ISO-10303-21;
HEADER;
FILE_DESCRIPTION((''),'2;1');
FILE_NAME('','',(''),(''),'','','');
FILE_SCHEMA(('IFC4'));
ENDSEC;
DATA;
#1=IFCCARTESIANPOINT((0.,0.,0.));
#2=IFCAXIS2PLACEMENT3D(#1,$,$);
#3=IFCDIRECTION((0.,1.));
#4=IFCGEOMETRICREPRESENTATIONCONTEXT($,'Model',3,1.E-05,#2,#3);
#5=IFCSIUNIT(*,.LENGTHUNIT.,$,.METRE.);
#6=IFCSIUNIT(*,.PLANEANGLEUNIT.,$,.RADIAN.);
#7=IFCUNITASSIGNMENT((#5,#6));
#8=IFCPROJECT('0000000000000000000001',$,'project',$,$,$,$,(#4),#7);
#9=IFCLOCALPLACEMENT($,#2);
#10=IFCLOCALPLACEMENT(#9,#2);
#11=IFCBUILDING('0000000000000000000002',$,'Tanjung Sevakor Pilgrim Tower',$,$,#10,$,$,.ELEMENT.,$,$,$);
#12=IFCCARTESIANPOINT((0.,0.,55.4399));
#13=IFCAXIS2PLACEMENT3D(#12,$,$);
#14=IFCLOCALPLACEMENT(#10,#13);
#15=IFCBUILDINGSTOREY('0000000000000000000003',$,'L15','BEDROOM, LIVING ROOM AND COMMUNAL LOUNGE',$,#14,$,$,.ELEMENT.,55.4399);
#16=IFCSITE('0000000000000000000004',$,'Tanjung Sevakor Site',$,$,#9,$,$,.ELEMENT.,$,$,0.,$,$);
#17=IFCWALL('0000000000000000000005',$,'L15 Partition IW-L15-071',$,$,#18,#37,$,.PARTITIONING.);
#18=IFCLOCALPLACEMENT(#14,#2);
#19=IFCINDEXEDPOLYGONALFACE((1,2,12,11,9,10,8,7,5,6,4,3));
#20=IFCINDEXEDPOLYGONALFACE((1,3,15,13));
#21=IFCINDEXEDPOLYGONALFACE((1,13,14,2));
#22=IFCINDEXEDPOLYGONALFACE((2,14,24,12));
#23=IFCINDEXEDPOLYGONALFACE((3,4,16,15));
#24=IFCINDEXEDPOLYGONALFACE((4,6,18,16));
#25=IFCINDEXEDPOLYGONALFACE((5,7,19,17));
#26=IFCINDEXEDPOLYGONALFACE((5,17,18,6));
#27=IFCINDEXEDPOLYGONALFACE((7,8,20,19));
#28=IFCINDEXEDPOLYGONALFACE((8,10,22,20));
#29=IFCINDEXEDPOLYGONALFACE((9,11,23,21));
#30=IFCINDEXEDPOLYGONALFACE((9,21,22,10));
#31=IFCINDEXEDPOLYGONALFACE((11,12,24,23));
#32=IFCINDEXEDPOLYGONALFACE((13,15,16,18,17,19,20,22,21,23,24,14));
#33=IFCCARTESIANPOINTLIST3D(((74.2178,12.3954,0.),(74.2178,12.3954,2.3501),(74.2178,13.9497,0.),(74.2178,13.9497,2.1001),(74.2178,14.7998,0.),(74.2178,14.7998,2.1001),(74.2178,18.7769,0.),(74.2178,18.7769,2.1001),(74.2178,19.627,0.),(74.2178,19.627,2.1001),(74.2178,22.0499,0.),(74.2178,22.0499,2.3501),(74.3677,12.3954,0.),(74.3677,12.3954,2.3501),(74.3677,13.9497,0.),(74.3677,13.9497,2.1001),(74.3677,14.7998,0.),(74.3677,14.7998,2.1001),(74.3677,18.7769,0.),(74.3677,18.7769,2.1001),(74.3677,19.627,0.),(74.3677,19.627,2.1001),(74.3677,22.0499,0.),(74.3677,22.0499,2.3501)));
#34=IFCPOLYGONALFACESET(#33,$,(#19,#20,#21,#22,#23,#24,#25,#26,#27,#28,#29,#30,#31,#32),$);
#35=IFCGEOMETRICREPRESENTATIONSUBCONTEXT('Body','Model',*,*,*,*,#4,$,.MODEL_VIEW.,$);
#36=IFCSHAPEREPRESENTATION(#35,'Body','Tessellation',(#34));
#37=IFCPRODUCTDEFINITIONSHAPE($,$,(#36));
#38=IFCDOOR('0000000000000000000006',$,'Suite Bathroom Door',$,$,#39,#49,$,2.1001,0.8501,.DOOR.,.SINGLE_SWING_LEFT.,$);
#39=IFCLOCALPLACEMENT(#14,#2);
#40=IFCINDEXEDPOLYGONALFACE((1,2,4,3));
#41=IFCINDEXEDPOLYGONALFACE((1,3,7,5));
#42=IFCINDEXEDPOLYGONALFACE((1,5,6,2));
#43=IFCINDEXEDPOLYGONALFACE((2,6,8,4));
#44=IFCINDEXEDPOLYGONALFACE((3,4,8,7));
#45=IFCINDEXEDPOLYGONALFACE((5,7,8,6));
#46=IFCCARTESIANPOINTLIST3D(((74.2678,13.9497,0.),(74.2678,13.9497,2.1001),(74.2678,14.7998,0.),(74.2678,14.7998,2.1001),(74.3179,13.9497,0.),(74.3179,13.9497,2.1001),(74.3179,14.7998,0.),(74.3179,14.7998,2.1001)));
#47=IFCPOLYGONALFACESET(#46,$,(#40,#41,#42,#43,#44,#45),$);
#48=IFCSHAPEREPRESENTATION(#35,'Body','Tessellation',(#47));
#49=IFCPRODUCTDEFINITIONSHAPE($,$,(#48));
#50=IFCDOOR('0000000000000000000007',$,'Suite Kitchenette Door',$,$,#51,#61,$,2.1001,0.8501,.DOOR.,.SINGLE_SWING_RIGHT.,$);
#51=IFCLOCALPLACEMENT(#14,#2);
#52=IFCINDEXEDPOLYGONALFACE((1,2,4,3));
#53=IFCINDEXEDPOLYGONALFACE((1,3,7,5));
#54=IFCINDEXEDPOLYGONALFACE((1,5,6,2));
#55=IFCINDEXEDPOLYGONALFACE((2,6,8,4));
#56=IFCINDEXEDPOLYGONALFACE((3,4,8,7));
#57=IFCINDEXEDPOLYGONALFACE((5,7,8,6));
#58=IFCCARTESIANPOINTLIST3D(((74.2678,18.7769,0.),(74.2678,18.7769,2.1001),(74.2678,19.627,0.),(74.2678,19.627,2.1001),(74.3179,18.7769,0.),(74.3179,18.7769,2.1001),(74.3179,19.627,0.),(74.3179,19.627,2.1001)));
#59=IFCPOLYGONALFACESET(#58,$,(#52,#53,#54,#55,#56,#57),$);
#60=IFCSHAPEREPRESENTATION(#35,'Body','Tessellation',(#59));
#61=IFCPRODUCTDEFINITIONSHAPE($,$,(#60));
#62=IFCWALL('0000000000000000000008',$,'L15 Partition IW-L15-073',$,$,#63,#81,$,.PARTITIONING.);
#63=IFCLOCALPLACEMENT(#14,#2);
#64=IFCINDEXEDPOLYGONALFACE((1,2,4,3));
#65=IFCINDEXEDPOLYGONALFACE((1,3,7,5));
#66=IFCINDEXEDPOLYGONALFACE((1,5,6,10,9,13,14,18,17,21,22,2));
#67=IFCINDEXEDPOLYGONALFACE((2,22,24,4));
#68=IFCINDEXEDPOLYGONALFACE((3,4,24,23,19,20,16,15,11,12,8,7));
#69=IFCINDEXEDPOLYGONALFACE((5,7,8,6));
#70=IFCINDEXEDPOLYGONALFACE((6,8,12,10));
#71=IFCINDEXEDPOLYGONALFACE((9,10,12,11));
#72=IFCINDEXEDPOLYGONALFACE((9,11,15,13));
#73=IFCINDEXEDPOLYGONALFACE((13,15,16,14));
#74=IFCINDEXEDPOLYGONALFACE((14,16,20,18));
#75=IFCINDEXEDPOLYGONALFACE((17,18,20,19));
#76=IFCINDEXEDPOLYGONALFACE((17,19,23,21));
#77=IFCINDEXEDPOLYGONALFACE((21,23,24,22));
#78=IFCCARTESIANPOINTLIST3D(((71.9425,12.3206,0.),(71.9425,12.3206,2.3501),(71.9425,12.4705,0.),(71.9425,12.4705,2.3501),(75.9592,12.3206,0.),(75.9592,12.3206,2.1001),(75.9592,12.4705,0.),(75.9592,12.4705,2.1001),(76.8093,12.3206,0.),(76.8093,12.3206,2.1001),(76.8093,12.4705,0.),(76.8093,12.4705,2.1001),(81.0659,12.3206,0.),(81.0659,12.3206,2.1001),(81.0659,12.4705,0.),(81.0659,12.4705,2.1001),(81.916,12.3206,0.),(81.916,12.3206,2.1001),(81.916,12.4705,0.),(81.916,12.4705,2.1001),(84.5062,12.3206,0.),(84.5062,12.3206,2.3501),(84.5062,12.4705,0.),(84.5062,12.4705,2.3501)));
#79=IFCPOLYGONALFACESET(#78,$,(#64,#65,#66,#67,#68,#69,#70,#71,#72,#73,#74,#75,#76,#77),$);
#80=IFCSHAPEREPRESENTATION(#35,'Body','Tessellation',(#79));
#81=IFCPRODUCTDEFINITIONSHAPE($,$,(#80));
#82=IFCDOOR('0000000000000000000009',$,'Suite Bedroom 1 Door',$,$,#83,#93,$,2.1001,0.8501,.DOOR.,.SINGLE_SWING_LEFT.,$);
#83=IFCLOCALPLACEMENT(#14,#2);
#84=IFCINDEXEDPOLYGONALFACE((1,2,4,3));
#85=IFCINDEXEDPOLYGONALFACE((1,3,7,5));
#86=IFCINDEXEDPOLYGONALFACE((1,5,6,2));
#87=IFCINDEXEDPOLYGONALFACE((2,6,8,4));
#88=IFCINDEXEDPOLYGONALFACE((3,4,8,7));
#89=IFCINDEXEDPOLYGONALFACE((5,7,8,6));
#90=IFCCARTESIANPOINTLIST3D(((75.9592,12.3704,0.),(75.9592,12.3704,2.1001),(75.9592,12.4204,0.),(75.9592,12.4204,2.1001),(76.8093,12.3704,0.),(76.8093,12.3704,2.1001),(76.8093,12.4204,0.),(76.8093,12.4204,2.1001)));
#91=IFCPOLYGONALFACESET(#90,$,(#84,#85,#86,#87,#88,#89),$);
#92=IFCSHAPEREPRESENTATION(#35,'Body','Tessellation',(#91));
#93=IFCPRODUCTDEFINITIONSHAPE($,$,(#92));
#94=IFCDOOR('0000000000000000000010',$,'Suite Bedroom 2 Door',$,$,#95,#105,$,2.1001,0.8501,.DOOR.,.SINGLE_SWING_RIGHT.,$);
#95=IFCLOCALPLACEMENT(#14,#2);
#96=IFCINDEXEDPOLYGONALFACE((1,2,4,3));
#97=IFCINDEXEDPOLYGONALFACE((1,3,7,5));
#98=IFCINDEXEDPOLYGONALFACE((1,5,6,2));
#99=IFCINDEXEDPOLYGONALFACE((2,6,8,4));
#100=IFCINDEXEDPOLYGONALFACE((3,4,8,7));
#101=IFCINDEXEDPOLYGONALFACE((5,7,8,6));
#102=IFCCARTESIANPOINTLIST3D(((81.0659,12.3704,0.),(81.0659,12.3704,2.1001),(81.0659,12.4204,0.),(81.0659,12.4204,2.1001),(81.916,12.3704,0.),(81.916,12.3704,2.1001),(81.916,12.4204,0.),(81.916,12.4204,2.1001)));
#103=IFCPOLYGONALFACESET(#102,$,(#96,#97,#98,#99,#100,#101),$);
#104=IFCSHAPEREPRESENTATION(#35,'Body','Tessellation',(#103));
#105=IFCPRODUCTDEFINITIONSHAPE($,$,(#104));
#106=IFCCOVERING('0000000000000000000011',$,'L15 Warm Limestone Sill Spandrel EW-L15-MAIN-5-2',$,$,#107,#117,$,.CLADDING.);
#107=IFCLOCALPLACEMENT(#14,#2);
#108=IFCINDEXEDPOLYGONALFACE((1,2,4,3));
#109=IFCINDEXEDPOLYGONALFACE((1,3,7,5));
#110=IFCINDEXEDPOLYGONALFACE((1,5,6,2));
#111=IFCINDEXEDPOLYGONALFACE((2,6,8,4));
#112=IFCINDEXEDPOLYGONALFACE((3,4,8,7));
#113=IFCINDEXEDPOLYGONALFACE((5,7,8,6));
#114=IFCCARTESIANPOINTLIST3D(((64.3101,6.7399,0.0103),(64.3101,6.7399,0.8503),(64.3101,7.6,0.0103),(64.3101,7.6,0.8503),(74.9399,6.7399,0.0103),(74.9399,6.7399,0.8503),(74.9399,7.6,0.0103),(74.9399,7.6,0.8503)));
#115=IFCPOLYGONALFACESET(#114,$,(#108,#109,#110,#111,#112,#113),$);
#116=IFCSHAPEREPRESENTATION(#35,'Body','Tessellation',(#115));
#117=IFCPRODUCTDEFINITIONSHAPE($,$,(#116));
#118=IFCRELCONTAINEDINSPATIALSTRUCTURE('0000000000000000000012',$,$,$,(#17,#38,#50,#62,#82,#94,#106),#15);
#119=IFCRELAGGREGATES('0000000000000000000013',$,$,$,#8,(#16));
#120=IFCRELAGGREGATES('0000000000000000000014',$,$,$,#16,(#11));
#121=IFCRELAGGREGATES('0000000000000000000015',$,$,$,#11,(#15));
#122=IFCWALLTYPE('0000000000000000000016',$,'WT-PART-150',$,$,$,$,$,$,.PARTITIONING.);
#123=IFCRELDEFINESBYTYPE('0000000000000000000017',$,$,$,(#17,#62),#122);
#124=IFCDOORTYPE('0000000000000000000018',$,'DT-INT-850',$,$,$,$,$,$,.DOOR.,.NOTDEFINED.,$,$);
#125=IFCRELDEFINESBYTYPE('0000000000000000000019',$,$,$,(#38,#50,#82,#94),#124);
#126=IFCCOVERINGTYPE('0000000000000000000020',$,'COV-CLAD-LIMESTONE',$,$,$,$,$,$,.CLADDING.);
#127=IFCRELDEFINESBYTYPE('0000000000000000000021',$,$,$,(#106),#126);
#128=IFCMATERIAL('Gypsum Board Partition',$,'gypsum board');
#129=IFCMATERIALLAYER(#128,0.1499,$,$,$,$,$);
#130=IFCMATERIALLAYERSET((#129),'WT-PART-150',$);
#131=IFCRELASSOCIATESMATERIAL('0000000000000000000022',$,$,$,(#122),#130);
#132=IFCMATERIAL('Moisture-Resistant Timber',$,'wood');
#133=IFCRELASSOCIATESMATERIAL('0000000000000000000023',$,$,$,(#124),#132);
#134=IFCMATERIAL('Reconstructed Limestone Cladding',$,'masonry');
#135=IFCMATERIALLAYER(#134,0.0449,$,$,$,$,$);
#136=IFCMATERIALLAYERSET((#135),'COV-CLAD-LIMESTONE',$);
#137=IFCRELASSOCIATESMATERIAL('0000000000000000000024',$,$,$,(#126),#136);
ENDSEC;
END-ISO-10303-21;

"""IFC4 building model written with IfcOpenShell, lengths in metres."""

from ifc_helpers import new_model, si_unit, direction, frame, frame_2d, origin, origin_2d, place, context, subcontext, project, spatial, rectangle, extrude, material, layer, layer_set, type_object, element, fill, save


model = new_model("IFC4")

# Units and contexts
model_context = context("Model", 3, precision=1e-05, world=origin(), true_north=direction((0.0, 1.0)))
body_context = subcontext(model_context, "Body", "Model", "MODEL_VIEW")
ifc_project = project(units=[si_unit("LENGTHUNIT", "METRE"), si_unit("PLANEANGLEUNIT", "RADIAN")], contexts=[model_context])

# Site, building, storey
site_placement = place(None, origin())
site = spatial("IfcSite", under=ifc_project, at=site_placement, Name="Tanjung Sevakor Site", CompositionType="ELEMENT", RefElevation=0.0)
building_placement = place(site_placement, origin())
building = spatial("IfcBuilding", under=site, at=building_placement, Name="Tanjung Sevakor Pilgrim Tower", CompositionType="ELEMENT")
storey_placement = place(building_placement, frame((0.0, 0.0, 55.4399)))
storey = spatial("IfcBuildingStorey", under=building, at=storey_placement, Name="L15", Description="BEDROOM, LIVING ROOM AND COMMUNAL LOUNGE", CompositionType="ELEMENT", Elevation=55.4399)

# Shared definitions
ifc_material_1 = material(Name="Gypsum Board Partition", Category="gypsum board")
ifc_layer_1 = layer(ifc_material_1, 0.1499)
ifc_layer_set_1 = layer_set([ifc_layer_1], Name="WT-PART-150")
wall_type_1 = type_object("IfcWallType", Name="WT-PART-150", PredefinedType="PARTITIONING", material=ifc_layer_set_1)

# Walls, openings, doors
wall_1_placement = place(storey_placement, frame((74.2927, 12.3955, 0.0), z_axis=(0.0, 0.0, 1.0), x_axis=(0.0, 1.0, 0.0)))
wall_1 = element("IfcWall", 1, at=wall_1_placement, inside=storey, type_object=wall_type_1, Name="L15 Partition IW-L15-071", PredefinedType="PARTITIONING", context=body_context, shape_type="SweptSolid", body=[
    extrude(rectangle(XDim=9.6545, YDim=0.1499, at=frame_2d((4.8271, 0.0))), origin(), (0.0, 0.0, 1.0), 2.3501),
])
opening_1_placement = place(wall_1_placement, frame((1.5542, 0.0, 0.0)))
opening_1 = element("IfcOpeningElement", 2, at=opening_1_placement, cuts=wall_1, PredefinedType="OPENING", context=body_context, shape_type="SweptSolid", body=[
    extrude(rectangle(XDim=0.8501, YDim=2.1001, at=frame_2d((0.425, 1.05))), frame((0.0, 0.085, 0.0), z_axis=(0.0, -1.0, 0.0), x_axis=(1.0, 0.0, 0.0)), (0.0, 0.0, 1.0), 0.1699),
])
opening_2_placement = place(wall_1_placement, frame((6.3813, 0.0, 0.0)))
opening_2 = element("IfcOpeningElement", 3, at=opening_2_placement, cuts=wall_1, PredefinedType="OPENING", context=body_context, shape_type="SweptSolid", body=[
    extrude(rectangle(XDim=0.8501, YDim=2.1001, at=frame_2d((0.425, 1.05))), frame((0.0, 0.085, 0.0), z_axis=(0.0, -1.0, 0.0), x_axis=(1.0, 0.0, 0.0)), (0.0, 0.0, 1.0), 0.1699),
])
ifc_material_2 = material(Name="Moisture-Resistant Timber", Category="wood")
door_type_1 = type_object("IfcDoorType", Name="DT-INT-850", OperationType="NOTDEFINED", PredefinedType="DOOR", material=ifc_material_2)
door_1_placement = place(opening_1_placement, origin())
door_1 = element("IfcDoor", 4, at=door_1_placement, inside=storey, type_object=door_type_1, Name="Suite Bathroom Door", OperationType="SINGLE_SWING_LEFT", OverallHeight=2.1001, OverallWidth=0.8501, PredefinedType="DOOR", context=body_context, shape_type="SweptSolid", body=[
    extrude(rectangle(XDim=0.8501, YDim=2.1001, at=frame_2d((0.425, 1.05))), frame((0.0, 0.0249, 0.0), z_axis=(0.0, -1.0, 0.0), x_axis=(1.0, 0.0, 0.0)), (0.0, 0.0, 1.0), 0.05),
])
fill(opening_1, door_1)
door_2_placement = place(opening_2_placement, origin())
door_2 = element("IfcDoor", 5, at=door_2_placement, inside=storey, type_object=door_type_1, Name="Suite Kitchenette Door", OperationType="SINGLE_SWING_RIGHT", OverallHeight=2.1001, OverallWidth=0.8501, PredefinedType="DOOR", context=body_context, shape_type="SweptSolid", body=[
    extrude(rectangle(XDim=0.8501, YDim=2.1001, at=frame_2d((0.425, 1.05))), frame((0.0, 0.0249, 0.0), z_axis=(0.0, -1.0, 0.0), x_axis=(1.0, 0.0, 0.0)), (0.0, 0.0, 1.0), 0.05),
])
fill(opening_2, door_2)
wall_2_placement = place(storey_placement, frame((71.9426, 12.3955, 0.0), z_axis=(0.0, 0.0, 1.0), x_axis=(1.0, 0.0, 0.0)))
wall_2 = element("IfcWall", 6, at=wall_2_placement, inside=storey, type_object=wall_type_1, Name="L15 Partition IW-L15-073", PredefinedType="PARTITIONING", context=body_context, shape_type="SweptSolid", body=[
    extrude(rectangle(XDim=12.5637, YDim=0.1499, at=frame_2d((6.2817, 0.0))), origin(), (0.0, 0.0, 1.0), 2.3501),
])
opening_3_placement = place(wall_2_placement, frame((4.0166, 0.0, 0.0)))
opening_3 = element("IfcOpeningElement", 7, at=opening_3_placement, cuts=wall_2, PredefinedType="OPENING", context=body_context, shape_type="SweptSolid", body=[
    extrude(rectangle(XDim=0.8501, YDim=2.1001, at=frame_2d((0.425, 1.05))), frame((0.0, 0.085, 0.0), z_axis=(0.0, -1.0, 0.0), x_axis=(1.0, 0.0, 0.0)), (0.0, 0.0, 1.0), 0.1699),
])
opening_4_placement = place(wall_2_placement, frame((9.1233, 0.0, 0.0)))
opening_4 = element("IfcOpeningElement", 8, at=opening_4_placement, cuts=wall_2, PredefinedType="OPENING", context=body_context, shape_type="SweptSolid", body=[
    extrude(rectangle(XDim=0.8501, YDim=2.1001, at=frame_2d((0.425, 1.05))), frame((0.0, 0.085, 0.0), z_axis=(0.0, -1.0, 0.0), x_axis=(1.0, 0.0, 0.0)), (0.0, 0.0, 1.0), 0.1699),
])
door_3_placement = place(opening_3_placement, origin())
door_3 = element("IfcDoor", 9, at=door_3_placement, inside=storey, type_object=door_type_1, Name="Suite Bedroom 1 Door", OperationType="SINGLE_SWING_LEFT", OverallHeight=2.1001, OverallWidth=0.8501, PredefinedType="DOOR", context=body_context, shape_type="SweptSolid", body=[
    extrude(rectangle(XDim=0.8501, YDim=2.1001, at=frame_2d((0.425, 1.05))), frame((0.0, 0.0249, 0.0), z_axis=(0.0, -1.0, 0.0), x_axis=(1.0, 0.0, 0.0)), (0.0, 0.0, 1.0), 0.05),
])
fill(opening_3, door_3)
door_4_placement = place(opening_4_placement, origin())
door_4 = element("IfcDoor", 10, at=door_4_placement, inside=storey, type_object=door_type_1, Name="Suite Bedroom 2 Door", OperationType="SINGLE_SWING_RIGHT", OverallHeight=2.1001, OverallWidth=0.8501, PredefinedType="DOOR", context=body_context, shape_type="SweptSolid", body=[
    extrude(rectangle(XDim=0.8501, YDim=2.1001, at=frame_2d((0.425, 1.05))), frame((0.0, 0.0249, 0.0), z_axis=(0.0, -1.0, 0.0), x_axis=(1.0, 0.0, 0.0)), (0.0, 0.0, 1.0), 0.05),
])
fill(opening_4, door_4)

# Covering
ifc_material_3 = material(Name="Reconstructed Limestone Cladding", Category="masonry")
ifc_layer_2 = layer(ifc_material_3, 0.0449)
ifc_layer_set_2 = layer_set([ifc_layer_2], Name="COV-CLAD-LIMESTONE")
covering_type = type_object("IfcCoveringType", Name="COV-CLAD-LIMESTONE", PredefinedType="CLADDING", material=ifc_layer_set_2)
covering_placement = place(storey_placement, frame((69.625, 7.1699, 0.0103), z_axis=(0.0, 0.0, 1.0), x_axis=(1.0, 0.0, 0.0)))
element("IfcCovering", 11, at=covering_placement, inside=storey, type_object=covering_type, Name="L15 Warm Limestone Sill Spandrel EW-L15-MAIN-5-2", PredefinedType="CLADDING", context=body_context, shape_type="SweptSolid", body=[
    extrude(rectangle(XDim=10.6299, YDim=0.8601, at=origin_2d()), origin(), (0.0, 0.0, 1.0), 0.8401),
])

save(model, "model.ifc")
